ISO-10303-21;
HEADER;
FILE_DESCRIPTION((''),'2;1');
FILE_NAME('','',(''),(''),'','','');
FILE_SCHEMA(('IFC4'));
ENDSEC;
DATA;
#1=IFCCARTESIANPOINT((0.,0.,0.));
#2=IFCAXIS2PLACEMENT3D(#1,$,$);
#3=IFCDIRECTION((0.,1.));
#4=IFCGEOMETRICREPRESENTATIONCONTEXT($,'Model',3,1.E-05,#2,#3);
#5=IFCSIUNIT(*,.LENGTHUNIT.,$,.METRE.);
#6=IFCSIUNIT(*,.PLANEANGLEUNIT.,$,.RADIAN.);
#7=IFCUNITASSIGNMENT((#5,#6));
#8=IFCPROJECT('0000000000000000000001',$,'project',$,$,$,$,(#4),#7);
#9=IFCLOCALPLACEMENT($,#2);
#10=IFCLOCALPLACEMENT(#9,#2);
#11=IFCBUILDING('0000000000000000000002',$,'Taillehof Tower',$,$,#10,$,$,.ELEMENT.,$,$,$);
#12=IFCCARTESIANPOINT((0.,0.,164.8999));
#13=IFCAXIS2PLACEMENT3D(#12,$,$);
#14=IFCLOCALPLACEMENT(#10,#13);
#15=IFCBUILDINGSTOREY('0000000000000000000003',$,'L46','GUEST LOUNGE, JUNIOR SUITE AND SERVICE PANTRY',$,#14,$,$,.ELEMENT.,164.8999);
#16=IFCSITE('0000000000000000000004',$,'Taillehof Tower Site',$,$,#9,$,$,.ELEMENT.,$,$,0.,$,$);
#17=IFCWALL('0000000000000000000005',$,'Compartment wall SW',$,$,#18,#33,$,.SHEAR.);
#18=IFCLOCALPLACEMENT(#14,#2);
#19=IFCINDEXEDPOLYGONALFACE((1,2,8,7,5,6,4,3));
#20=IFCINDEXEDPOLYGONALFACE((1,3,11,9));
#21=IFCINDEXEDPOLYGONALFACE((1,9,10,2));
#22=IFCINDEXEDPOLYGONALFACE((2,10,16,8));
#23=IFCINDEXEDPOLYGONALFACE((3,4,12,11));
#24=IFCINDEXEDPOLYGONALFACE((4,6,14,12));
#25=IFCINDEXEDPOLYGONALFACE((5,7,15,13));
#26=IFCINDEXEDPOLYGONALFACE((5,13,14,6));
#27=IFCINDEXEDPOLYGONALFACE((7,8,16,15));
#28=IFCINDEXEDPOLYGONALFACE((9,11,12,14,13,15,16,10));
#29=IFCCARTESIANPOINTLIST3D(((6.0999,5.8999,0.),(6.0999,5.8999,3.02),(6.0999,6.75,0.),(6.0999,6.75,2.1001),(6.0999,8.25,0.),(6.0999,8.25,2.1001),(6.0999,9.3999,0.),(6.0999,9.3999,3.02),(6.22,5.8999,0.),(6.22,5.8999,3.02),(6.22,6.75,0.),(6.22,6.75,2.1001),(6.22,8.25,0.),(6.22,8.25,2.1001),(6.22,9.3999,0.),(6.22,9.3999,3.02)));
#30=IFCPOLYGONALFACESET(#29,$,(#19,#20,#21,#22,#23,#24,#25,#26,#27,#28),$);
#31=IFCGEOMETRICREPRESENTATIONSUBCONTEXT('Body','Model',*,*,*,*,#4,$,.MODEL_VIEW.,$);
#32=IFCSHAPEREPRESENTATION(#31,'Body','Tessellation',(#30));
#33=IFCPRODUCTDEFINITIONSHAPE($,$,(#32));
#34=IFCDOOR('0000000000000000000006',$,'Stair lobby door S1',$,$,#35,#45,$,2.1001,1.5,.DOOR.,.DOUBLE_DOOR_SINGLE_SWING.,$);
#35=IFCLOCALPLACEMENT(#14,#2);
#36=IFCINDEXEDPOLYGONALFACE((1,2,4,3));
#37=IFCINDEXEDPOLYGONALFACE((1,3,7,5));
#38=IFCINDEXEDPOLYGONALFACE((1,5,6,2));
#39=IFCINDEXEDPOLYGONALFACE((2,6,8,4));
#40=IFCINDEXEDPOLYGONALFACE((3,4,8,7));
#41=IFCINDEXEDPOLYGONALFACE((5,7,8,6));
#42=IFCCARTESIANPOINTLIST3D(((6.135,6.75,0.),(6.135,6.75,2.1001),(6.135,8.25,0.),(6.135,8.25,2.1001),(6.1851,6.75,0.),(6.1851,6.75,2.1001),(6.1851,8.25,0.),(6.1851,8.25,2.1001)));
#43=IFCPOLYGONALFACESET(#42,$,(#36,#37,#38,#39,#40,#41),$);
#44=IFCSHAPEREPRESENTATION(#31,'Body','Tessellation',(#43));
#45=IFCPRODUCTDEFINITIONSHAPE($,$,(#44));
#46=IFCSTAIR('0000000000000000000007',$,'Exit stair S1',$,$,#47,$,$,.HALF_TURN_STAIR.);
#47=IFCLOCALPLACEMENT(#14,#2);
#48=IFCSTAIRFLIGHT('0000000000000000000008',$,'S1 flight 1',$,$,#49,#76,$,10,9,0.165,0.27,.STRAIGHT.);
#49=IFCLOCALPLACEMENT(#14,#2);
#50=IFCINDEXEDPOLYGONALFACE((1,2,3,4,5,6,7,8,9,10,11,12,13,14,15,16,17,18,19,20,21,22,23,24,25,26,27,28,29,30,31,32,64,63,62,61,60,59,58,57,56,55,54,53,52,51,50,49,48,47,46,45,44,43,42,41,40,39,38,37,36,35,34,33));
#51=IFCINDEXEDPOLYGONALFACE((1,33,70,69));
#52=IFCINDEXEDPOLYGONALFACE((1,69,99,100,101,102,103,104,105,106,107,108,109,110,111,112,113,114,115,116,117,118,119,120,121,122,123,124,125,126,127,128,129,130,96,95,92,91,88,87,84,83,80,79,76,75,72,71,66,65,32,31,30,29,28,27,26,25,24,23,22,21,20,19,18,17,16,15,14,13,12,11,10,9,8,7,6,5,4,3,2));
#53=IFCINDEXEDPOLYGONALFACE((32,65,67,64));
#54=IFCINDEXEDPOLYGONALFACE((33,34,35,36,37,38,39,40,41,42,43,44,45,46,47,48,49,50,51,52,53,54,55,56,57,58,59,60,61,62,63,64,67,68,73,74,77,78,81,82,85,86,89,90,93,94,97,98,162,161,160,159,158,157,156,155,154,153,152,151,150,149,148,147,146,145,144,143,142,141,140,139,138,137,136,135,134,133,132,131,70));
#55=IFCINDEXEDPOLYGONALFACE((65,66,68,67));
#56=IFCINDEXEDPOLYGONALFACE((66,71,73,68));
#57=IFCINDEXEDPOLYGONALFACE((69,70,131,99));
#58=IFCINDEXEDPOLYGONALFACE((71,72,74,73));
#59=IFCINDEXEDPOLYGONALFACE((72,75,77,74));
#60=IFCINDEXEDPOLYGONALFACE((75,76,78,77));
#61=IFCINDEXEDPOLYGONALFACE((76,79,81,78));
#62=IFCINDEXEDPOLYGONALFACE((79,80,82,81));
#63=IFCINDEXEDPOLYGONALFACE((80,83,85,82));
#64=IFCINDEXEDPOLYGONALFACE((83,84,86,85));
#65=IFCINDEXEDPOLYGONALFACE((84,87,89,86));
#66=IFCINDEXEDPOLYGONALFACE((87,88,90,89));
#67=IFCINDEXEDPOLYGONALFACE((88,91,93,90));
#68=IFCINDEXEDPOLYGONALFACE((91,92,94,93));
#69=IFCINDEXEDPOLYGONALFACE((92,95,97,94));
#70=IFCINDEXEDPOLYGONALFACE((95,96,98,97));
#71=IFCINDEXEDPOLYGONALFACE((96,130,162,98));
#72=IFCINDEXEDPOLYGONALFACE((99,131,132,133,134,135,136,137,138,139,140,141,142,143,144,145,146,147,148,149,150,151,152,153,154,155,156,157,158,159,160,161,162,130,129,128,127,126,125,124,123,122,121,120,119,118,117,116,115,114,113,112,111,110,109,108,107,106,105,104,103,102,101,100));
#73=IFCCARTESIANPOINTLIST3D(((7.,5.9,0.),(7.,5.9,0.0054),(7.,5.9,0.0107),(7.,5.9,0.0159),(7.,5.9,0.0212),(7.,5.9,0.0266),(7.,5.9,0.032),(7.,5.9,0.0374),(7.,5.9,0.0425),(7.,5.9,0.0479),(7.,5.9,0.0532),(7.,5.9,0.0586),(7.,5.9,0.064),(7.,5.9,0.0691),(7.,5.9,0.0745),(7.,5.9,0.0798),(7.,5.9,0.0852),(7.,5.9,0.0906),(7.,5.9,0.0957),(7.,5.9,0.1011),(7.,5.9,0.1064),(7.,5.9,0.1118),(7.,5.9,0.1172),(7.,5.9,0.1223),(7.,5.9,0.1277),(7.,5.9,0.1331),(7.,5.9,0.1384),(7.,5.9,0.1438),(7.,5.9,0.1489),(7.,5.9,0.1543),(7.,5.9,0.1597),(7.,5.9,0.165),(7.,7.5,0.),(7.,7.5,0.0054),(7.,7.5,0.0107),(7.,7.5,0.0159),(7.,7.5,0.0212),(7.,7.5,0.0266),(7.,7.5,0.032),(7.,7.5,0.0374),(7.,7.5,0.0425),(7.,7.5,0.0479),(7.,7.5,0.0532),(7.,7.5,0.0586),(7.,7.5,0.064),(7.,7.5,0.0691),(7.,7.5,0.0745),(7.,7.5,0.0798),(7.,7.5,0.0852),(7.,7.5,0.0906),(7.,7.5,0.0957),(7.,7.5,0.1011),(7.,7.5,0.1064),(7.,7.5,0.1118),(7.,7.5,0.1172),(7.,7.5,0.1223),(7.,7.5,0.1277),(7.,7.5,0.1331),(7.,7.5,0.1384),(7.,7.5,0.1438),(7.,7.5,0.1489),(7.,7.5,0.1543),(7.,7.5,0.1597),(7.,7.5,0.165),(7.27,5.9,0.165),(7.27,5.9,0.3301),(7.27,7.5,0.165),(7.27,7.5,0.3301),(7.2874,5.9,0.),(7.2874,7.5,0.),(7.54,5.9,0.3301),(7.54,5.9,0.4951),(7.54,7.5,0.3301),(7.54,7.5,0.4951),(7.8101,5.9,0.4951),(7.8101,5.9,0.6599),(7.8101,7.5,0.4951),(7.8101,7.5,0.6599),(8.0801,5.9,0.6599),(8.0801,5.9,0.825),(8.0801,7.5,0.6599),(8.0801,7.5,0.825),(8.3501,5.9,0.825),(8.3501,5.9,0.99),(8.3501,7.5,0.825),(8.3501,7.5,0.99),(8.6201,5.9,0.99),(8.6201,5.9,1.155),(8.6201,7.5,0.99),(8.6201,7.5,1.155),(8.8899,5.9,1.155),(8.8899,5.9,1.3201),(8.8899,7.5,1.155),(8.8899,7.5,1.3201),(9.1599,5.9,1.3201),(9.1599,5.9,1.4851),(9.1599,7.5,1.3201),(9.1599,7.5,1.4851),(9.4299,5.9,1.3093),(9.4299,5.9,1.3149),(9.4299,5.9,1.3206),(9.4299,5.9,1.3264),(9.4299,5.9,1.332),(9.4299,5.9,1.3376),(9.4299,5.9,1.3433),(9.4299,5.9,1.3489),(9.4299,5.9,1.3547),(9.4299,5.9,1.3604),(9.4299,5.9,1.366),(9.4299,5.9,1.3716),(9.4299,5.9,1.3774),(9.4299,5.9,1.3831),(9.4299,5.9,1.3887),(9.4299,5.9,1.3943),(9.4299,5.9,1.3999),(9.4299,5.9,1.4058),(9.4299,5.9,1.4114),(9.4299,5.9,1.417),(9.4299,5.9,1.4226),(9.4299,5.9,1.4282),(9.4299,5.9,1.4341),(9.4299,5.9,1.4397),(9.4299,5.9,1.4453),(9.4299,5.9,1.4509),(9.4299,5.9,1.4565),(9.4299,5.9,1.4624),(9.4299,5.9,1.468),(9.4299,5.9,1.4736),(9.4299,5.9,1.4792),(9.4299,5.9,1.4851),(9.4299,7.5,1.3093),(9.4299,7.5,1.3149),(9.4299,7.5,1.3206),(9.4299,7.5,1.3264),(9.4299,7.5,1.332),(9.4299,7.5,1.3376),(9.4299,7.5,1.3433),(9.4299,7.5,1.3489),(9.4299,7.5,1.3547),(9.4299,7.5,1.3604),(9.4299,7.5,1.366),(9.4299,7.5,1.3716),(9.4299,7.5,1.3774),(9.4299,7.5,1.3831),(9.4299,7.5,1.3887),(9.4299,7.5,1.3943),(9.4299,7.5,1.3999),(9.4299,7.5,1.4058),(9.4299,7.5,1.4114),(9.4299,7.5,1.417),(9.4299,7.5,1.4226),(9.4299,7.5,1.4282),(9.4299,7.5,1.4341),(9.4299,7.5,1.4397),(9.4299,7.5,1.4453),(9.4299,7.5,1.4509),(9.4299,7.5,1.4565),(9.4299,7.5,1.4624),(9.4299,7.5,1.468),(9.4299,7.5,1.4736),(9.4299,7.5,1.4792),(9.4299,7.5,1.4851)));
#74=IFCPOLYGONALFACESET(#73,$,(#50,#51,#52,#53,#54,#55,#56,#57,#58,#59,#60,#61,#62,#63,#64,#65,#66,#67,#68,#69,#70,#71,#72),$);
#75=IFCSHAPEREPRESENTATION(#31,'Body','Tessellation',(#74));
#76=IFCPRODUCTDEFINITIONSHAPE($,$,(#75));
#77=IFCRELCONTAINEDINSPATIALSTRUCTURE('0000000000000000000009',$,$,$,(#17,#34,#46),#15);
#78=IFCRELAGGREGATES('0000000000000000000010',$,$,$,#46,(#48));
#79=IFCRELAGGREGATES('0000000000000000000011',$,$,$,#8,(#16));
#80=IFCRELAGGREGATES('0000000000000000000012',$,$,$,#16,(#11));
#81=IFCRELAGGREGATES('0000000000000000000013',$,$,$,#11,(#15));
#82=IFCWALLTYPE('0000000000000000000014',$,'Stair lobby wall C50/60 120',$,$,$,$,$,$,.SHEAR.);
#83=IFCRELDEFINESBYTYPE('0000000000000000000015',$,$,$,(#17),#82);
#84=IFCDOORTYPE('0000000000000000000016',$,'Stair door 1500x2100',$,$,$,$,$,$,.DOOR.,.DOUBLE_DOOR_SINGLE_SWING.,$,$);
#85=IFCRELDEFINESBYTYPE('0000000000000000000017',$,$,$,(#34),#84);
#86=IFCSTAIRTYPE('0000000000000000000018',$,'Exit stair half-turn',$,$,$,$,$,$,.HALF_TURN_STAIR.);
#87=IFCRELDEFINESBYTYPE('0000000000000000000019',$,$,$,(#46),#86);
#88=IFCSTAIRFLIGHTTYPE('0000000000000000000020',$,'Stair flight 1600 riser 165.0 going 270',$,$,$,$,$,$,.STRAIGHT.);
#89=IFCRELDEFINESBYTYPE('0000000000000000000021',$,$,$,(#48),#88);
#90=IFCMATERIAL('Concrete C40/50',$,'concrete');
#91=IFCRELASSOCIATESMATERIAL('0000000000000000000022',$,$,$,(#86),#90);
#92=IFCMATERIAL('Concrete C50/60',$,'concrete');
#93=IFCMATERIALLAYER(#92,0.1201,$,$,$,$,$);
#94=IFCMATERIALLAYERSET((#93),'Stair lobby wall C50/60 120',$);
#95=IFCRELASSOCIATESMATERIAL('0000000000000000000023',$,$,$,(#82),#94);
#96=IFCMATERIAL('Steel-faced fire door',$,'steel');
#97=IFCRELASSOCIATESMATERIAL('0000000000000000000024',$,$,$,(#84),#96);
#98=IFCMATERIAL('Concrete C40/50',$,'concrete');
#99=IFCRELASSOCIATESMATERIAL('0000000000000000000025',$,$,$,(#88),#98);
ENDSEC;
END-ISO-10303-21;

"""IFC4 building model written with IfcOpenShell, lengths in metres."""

from ifc_helpers import new_model, si_unit, direction, frame, frame_2d, origin, place, context, subcontext, project, spatial, polyline, rectangle, outline, extrude, material, layer, layer_set, type_object, element, fill, aggregate, save


model = new_model("IFC4")

# Units and contexts
model_context = context("Model", 3, precision=1e-05, world=origin(), true_north=direction((0.0, 1.0)))
body_context = subcontext(model_context, "Body", "Model", "MODEL_VIEW")
ifc_project = project(units=[si_unit("LENGTHUNIT", "METRE"), si_unit("PLANEANGLEUNIT", "RADIAN")], contexts=[model_context])

# Site, building, storey
site_placement = place(None, origin())
site = spatial("IfcSite", under=ifc_project, at=site_placement, Name="Taillehof Tower Site", CompositionType="ELEMENT", RefElevation=0.0)
building_placement = place(site_placement, origin())
building = spatial("IfcBuilding", under=site, at=building_placement, Name="Taillehof Tower", CompositionType="ELEMENT")
storey_placement = place(building_placement, frame((0.0, 0.0, 164.8999)))
storey = spatial("IfcBuildingStorey", under=building, at=storey_placement, Name="L46", Description="GUEST LOUNGE, JUNIOR SUITE AND SERVICE PANTRY", CompositionType="ELEMENT", Elevation=164.8999)

# Shared definitions
ifc_material_1 = material(Name="Concrete C40/50", Category="concrete")
stair_type = type_object("IfcStairType", Name="Exit stair half-turn", PredefinedType="HALF_TURN_STAIR", material=ifc_material_1)

# Wall, opening, door
ifc_material_2 = material(Name="Concrete C50/60", Category="concrete")
ifc_layer_1 = layer(ifc_material_2, 0.1201)
ifc_layer_set_1 = layer_set([ifc_layer_1], Name="Stair lobby wall C50/60 120")
wall_type_1 = type_object("IfcWallType", Name="Stair lobby wall C50/60 120", PredefinedType="SHEAR", material=ifc_layer_set_1)
wall_1_placement = place(storey_placement, frame((6.1599, 5.8999, 0.0), z_axis=(0.0, 0.0, 1.0), x_axis=(0.0, 1.0, 0.0)))
wall_1 = element("IfcWall", 1, at=wall_1_placement, inside=storey, type_object=wall_type_1, Name="Compartment wall SW", PredefinedType="SHEAR", context=body_context, shape_type="SweptSolid", body=[
    extrude(rectangle(XDim=3.5, YDim=0.1201, at=frame_2d((1.75, 0.0))), origin(), (0.0, 0.0, 1.0), 3.02),
])
opening_1_placement = place(wall_1_placement, frame((0.8501, 0.0, 0.0)))
opening_1 = element("IfcOpeningElement", 2, at=opening_1_placement, cuts=wall_1, PredefinedType="OPENING", context=body_context, shape_type="SweptSolid", body=[
    extrude(rectangle(XDim=1.5, YDim=2.1001, at=frame_2d((0.75, 1.05))), frame((0.0, 0.0701, 0.0), z_axis=(0.0, -1.0, 0.0), x_axis=(1.0, 0.0, 0.0)), (0.0, 0.0, 1.0), 0.1401),
])
ifc_material_3 = material(Name="Steel-faced fire door", Category="steel")
door_type_1 = type_object("IfcDoorType", Name="Stair door 1500x2100", OperationType="DOUBLE_DOOR_SINGLE_SWING", PredefinedType="DOOR", material=ifc_material_3)
door_1_placement = place(opening_1_placement, origin())
door_1 = element("IfcDoor", 3, at=door_1_placement, inside=storey, type_object=door_type_1, Name="Stair lobby door S1", OperationType="DOUBLE_DOOR_SINGLE_SWING", OverallHeight=2.1001, OverallWidth=1.5, PredefinedType="DOOR", context=body_context, shape_type="SweptSolid", body=[
    extrude(rectangle(XDim=1.5, YDim=2.1001, at=frame_2d((0.75, 1.05))), frame((0.0, 0.0249, 0.0), z_axis=(0.0, -1.0, 0.0), x_axis=(1.0, 0.0, 0.0)), (0.0, 0.0, 1.0), 0.05),
])
fill(opening_1, door_1)

# Stair, stair flight
stair_1_placement = place(storey_placement, origin())
stair_1 = element("IfcStair", 4, at=stair_1_placement, inside=storey, type_object=stair_type, Name="Exit stair S1", PredefinedType="HALF_TURN_STAIR")
ifc_material_4 = material(Name="Concrete C40/50", Category="concrete")
stair_flight_type = type_object("IfcStairFlightType", Name="Stair flight 1600 riser 165.0 going 270", PredefinedType="STRAIGHT", material=ifc_material_4)
stair_flight_placement = place(storey_placement, frame((7.0, 6.7, 0.0), z_axis=(0.0, 0.0, 1.0), x_axis=(1.0, 0.0, 0.0)))
stair_flight = element("IfcStairFlight", 5, at=stair_flight_placement, type_object=stair_flight_type, Name="S1 flight 1", NumberOfRisers=10, NumberOfTreads=9, PredefinedType="STRAIGHT", RiserHeight=0.165, TreadLength=0.27, context=body_context, shape_type="SweptSolid", body=[
    extrude(outline(polyline([(0.0, 0.0), (0.0, 0.0054), (0.0, 0.0107), (0.0, 0.0159), (0.0, 0.0212), (0.0, 0.0266), (0.0, 0.032), (0.0, 0.0374), (0.0, 0.0425), (0.0, 0.0479), (0.0, 0.0532), (0.0, 0.0586), (0.0, 0.064), (0.0, 0.0691), (0.0, 0.0745), (0.0, 0.0798), (0.0, 0.0852), (0.0, 0.0906), (0.0, 0.0957), (0.0, 0.1011), (0.0, 0.1064), (0.0, 0.1118), (0.0, 0.1172), (0.0, 0.1223), (0.0, 0.1277), (0.0, 0.1331), (0.0, 0.1384), (0.0, 0.1438), (0.0, 0.1489), (0.0, 0.1543), (0.0, 0.1597), (0.0, 0.165), (0.27, 0.165), (0.27, 0.3301), (0.54, 0.3301), (0.54, 0.4951), (0.8101, 0.4951), (0.8101, 0.6599), (1.0801, 0.6599), (1.0801, 0.825), (1.3501, 0.825), (1.3501, 0.99), (1.6201, 0.99), (1.6201, 1.155), (1.8899, 1.155), (1.8899, 1.3201), (2.1599, 1.3201), (2.1599, 1.4851), (2.4299, 1.4851), (2.4299, 1.4792), (2.4299, 1.4736), (2.4299, 1.468), (2.4299, 1.4624), (2.4299, 1.4565), (2.4299, 1.4509), (2.4299, 1.4453), (2.4299, 1.4397), (2.4299, 1.4341), (2.4299, 1.4282), (2.4299, 1.4226), (2.4299, 1.417), (2.4299, 1.4114), (2.4299, 1.4058), (2.4299, 1.3999), (2.4299, 1.3943), (2.4299, 1.3887), (2.4299, 1.3831), (2.4299, 1.3774), (2.4299, 1.3716), (2.4299, 1.366), (2.4299, 1.3604), (2.4299, 1.3547), (2.4299, 1.3489), (2.4299, 1.3433), (2.4299, 1.3376), (2.4299, 1.332), (2.4299, 1.3264), (2.4299, 1.3206), (2.4299, 1.3149), (2.4299, 1.3093), (0.2874, 0.0), (0.0, 0.0)])), frame((0.0, 0.8, 0.0), z_axis=(0.0, -1.0, 0.0), x_axis=(1.0, 0.0, 0.0)), (0.0, 0.0, 1.0), 1.6),
])
aggregate(stair_1, [stair_flight])

save(model, "model.ifc")
